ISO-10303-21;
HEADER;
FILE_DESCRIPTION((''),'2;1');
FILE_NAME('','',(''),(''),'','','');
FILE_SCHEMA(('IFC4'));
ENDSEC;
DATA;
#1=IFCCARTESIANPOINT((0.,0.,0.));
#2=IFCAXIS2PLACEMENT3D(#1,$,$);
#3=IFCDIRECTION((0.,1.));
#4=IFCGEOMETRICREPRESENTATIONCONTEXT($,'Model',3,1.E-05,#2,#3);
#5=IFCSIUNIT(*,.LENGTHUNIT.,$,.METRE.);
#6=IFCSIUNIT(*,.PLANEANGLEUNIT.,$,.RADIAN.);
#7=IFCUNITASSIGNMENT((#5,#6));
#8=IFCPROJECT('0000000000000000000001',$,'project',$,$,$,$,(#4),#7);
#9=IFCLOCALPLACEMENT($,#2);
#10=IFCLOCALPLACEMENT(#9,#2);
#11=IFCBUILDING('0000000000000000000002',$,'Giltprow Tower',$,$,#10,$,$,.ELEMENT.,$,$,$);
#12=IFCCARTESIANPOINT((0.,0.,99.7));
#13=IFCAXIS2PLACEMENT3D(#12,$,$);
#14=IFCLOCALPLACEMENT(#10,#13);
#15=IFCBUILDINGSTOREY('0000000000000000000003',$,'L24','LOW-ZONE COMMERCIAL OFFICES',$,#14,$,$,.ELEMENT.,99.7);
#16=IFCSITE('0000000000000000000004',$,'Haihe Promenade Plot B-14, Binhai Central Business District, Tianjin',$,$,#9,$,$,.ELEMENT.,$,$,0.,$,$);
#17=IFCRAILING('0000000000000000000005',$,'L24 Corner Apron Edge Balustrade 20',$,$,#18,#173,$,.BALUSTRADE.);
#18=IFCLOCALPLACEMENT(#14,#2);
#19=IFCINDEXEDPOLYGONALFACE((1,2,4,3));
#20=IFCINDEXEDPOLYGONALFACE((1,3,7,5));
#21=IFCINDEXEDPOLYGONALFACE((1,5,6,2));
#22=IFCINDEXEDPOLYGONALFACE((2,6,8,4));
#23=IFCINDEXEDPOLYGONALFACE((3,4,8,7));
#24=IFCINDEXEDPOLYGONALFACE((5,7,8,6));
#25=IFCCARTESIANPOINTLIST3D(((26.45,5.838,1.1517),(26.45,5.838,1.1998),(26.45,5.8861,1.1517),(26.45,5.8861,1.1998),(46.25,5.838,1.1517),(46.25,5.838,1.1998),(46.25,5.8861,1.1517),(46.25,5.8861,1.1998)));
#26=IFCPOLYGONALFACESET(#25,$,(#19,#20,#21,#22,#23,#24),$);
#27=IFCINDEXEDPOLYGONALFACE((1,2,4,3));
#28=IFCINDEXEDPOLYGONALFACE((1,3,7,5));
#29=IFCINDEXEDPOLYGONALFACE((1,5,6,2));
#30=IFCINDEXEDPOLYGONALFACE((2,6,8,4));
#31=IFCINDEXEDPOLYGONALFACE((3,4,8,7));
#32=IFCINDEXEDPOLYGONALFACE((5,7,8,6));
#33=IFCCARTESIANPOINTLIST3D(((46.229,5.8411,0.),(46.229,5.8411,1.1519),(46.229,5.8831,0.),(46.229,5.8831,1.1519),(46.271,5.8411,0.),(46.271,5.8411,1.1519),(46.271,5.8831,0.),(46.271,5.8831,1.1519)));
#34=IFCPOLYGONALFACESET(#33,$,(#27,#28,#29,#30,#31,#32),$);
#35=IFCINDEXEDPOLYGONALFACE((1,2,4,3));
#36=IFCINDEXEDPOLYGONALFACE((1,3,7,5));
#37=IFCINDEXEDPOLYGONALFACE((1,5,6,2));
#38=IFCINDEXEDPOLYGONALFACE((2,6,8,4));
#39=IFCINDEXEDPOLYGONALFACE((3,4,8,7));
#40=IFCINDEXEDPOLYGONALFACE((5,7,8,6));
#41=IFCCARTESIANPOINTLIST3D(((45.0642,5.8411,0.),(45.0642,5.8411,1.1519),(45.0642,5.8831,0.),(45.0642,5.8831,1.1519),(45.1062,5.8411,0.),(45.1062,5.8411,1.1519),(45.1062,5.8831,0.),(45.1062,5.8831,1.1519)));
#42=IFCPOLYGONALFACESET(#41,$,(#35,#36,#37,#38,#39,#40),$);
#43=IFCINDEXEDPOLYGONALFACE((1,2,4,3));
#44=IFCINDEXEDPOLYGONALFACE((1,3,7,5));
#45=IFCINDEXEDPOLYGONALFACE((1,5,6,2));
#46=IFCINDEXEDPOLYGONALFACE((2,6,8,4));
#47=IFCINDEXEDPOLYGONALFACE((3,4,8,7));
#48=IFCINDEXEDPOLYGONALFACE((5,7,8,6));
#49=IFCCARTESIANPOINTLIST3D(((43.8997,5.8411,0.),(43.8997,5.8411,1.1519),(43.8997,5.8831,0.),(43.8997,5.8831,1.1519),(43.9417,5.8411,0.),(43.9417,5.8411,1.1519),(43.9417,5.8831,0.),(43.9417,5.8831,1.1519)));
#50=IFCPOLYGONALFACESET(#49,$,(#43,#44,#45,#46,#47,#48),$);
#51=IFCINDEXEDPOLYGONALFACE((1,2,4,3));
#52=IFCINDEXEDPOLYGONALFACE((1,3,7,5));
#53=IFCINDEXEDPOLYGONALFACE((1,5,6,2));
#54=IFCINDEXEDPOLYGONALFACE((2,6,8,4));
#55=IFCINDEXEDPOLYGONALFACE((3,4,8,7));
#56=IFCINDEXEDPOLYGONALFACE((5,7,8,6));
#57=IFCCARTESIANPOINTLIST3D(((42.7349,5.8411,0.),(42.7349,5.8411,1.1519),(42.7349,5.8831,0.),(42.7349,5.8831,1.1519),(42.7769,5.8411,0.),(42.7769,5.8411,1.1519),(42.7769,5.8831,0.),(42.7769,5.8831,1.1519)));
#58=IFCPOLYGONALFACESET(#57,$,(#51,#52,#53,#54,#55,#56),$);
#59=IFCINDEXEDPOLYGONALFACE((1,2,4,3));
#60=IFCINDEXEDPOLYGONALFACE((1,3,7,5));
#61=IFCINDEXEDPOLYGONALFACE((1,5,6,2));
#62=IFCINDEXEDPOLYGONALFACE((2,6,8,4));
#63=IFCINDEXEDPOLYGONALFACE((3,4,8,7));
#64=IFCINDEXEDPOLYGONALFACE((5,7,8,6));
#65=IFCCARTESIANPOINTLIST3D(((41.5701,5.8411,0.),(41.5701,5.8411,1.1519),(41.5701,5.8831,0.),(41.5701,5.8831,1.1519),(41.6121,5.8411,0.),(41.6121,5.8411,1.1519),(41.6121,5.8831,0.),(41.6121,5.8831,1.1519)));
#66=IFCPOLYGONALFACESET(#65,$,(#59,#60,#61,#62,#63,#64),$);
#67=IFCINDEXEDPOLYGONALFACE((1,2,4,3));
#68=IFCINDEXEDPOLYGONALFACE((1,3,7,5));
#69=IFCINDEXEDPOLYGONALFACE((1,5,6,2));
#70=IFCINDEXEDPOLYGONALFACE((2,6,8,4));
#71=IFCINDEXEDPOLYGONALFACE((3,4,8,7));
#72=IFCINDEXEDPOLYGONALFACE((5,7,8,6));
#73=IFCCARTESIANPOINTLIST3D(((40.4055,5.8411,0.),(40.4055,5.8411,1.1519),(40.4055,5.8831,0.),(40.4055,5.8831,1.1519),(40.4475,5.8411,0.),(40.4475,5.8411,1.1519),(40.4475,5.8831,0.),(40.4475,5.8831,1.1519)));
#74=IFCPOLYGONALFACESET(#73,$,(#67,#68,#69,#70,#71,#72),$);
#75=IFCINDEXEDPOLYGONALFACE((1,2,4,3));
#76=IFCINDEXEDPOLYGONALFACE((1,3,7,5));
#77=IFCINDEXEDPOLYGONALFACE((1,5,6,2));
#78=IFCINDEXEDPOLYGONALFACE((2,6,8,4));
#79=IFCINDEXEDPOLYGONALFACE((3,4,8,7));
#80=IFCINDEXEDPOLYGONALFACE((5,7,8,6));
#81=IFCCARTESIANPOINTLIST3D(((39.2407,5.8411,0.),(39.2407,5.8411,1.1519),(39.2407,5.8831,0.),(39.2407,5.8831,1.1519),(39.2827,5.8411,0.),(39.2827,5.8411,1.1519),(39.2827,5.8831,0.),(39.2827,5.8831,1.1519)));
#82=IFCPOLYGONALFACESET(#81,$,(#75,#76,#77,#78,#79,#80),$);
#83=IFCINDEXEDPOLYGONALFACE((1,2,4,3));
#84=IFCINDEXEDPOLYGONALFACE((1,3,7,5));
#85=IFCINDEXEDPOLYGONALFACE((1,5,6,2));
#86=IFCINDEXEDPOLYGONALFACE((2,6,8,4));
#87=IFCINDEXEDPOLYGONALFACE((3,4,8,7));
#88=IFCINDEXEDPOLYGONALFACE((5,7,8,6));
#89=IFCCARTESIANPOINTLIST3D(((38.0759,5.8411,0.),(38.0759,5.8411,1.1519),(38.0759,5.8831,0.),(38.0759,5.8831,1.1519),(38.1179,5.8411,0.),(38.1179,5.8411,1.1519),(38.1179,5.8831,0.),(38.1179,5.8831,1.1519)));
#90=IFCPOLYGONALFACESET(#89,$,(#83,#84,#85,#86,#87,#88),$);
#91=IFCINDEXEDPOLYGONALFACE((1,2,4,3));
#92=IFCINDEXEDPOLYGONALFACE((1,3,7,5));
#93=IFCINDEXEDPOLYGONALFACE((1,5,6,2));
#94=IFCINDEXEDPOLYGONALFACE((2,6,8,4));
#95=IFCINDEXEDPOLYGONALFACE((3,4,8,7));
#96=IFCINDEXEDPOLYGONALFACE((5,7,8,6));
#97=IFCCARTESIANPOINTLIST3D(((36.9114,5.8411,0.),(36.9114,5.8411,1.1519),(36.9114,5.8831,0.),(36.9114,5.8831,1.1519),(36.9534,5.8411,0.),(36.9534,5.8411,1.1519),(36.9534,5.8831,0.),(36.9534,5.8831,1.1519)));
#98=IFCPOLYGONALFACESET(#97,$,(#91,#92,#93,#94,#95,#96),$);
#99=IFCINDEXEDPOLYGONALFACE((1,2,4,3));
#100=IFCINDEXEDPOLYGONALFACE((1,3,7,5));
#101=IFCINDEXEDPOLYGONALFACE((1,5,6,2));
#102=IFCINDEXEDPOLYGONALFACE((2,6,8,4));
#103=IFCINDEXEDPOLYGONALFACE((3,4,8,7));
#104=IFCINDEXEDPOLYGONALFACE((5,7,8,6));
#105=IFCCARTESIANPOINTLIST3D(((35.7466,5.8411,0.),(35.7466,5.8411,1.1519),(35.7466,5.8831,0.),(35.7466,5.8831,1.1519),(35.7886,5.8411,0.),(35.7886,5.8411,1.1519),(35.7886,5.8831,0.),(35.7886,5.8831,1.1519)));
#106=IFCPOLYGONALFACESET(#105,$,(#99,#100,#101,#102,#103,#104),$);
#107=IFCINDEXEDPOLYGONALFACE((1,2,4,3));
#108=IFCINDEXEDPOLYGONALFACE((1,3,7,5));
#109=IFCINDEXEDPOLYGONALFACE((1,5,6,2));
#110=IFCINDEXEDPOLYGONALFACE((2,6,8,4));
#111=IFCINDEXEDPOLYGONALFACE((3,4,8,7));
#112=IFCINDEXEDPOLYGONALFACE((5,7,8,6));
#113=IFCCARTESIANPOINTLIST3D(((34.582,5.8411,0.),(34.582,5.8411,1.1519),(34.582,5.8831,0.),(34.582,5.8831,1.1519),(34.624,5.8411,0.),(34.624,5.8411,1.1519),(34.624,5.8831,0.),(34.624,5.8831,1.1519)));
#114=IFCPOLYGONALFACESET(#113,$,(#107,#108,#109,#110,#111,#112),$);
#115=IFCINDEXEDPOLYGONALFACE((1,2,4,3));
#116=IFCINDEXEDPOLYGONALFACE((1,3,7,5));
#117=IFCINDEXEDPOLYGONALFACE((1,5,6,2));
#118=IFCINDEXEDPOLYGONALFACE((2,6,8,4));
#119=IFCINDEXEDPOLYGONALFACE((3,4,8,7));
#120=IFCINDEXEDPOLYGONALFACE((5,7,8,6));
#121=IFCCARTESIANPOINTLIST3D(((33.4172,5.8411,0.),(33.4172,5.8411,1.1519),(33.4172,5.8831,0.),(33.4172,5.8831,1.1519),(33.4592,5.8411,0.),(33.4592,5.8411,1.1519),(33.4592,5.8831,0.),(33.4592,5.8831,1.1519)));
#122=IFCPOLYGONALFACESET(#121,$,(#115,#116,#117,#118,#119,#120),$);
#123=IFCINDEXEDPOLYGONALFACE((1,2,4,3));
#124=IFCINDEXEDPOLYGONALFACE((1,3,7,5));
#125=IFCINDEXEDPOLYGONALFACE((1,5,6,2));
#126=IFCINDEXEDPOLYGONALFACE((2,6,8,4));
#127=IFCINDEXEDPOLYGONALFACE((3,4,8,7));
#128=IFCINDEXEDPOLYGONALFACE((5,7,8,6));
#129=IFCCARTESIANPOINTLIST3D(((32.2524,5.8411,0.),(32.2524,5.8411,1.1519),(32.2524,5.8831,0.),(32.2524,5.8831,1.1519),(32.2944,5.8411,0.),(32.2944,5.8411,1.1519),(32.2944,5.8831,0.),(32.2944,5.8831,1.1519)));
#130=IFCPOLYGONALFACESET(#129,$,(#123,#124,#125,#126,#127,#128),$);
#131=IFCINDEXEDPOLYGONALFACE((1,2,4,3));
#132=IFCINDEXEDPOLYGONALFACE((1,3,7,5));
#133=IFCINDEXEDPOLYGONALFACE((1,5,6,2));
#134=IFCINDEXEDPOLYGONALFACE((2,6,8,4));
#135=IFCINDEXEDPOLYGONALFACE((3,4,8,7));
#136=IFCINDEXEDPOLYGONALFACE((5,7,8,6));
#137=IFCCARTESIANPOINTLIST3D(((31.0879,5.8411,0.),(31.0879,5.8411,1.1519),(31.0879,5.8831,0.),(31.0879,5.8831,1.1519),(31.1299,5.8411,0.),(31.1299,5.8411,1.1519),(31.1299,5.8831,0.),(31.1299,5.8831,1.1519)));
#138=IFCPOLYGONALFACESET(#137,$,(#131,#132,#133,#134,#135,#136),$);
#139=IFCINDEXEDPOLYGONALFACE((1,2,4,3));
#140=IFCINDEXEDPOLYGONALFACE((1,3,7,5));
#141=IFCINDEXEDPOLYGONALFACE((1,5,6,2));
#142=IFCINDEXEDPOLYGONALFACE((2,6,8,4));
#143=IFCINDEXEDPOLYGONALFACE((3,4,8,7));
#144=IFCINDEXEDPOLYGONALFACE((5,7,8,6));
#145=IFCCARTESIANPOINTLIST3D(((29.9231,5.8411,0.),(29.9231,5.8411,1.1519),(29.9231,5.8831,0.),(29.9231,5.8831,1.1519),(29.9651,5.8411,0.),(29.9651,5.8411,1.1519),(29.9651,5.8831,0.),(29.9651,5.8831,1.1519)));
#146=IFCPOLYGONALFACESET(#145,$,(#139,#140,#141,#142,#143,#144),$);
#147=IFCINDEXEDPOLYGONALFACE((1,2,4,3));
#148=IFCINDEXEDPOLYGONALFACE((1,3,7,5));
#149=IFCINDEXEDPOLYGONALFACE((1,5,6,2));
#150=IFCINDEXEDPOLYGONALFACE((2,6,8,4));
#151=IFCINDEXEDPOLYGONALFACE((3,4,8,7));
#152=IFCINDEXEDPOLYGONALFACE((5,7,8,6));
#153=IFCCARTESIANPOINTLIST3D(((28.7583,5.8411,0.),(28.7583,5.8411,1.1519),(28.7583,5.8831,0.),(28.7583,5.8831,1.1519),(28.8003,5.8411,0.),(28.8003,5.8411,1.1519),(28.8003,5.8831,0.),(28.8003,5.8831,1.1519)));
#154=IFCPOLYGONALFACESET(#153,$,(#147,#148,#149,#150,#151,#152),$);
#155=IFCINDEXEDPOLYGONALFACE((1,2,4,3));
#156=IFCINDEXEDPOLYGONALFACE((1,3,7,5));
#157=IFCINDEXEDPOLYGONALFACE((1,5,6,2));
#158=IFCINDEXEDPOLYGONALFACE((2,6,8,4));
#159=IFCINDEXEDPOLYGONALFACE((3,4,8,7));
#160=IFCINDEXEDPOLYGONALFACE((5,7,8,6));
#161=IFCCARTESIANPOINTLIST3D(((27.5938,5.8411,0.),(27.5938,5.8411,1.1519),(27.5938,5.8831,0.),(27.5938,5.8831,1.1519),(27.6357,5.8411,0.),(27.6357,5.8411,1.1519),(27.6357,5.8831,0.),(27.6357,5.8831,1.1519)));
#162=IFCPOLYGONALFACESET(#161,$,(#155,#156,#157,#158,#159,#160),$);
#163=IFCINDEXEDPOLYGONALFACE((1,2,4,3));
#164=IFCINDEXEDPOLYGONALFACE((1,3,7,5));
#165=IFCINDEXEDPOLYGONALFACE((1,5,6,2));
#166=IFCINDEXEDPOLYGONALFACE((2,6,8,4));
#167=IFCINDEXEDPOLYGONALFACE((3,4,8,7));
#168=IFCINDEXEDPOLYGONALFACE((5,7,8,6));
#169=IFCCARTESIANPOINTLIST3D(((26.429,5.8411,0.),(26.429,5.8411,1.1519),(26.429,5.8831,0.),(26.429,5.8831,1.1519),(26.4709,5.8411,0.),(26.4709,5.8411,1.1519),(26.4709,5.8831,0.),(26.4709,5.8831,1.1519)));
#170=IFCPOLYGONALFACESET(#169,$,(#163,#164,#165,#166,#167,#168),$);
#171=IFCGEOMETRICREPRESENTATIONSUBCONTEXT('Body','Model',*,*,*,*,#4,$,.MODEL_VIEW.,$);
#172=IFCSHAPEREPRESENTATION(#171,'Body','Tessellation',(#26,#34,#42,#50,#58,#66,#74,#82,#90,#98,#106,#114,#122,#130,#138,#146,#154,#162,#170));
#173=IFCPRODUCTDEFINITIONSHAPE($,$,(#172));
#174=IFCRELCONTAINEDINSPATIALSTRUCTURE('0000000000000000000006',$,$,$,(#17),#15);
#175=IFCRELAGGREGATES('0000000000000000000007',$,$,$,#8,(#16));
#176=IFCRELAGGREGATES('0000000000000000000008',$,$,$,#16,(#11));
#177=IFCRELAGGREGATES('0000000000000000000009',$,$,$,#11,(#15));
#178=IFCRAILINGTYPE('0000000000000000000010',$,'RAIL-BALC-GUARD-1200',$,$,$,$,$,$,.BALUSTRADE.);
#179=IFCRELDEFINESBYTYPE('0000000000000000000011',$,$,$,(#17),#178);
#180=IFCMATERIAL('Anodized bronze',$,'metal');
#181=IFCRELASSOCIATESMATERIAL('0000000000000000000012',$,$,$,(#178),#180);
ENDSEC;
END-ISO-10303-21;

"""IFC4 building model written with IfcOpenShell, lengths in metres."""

from ifc_helpers import new_model, si_unit, direction, frame, origin, origin_2d, place, context, subcontext, project, spatial, rectangle, extrude, material, type_object, element, save


model = new_model("IFC4")

# Units and contexts
model_context = context("Model", 3, precision=1e-05, world=origin(), true_north=direction((0.0, 1.0)))
body_context = subcontext(model_context, "Body", "Model", "MODEL_VIEW")
ifc_project = project(units=[si_unit("LENGTHUNIT", "METRE"), si_unit("PLANEANGLEUNIT", "RADIAN")], contexts=[model_context])

# Site, building, storey
site_placement = place(None, origin())
site = spatial("IfcSite", under=ifc_project, at=site_placement, Name="Haihe Promenade Plot B-14, Binhai Central Business District, Tianjin", CompositionType="ELEMENT", RefElevation=0.0)
building_placement = place(site_placement, origin())
building = spatial("IfcBuilding", under=site, at=building_placement, Name="Giltprow Tower", CompositionType="ELEMENT")
storey_placement = place(building_placement, frame((0.0, 0.0, 99.7)))
storey = spatial("IfcBuildingStorey", under=building, at=storey_placement, Name="L24", Description="LOW-ZONE COMMERCIAL OFFICES", CompositionType="ELEMENT", Elevation=99.7)

# Shared definitions
ifc_material_1 = material(Name="Anodized bronze", Category="metal")

# Railing
railing_type = type_object("IfcRailingType", Name="RAIL-BALC-GUARD-1200", PredefinedType="BALUSTRADE", material=ifc_material_1)
railing_1_placement = place(storey_placement, frame((46.25, 5.8621, 0.0)))
element("IfcRailing", 1, at=railing_1_placement, inside=storey, type_object=railing_type, Name="L24 Corner Apron Edge Balustrade 20", PredefinedType="BALUSTRADE", context=body_context, shape_type="SweptSolid", body=[
    extrude(rectangle(XDim=0.0481, YDim=0.0481, at=origin_2d()), frame((0.0, 0.0, 1.1758), z_axis=(-1.0, 0.0, 0.0), x_axis=(0.0, -1.0, 0.0)), (0.0, 0.0, 1.0), 19.8),
    extrude(rectangle(XDim=0.042, YDim=0.042, at=origin_2d()), origin(), (0.0, 0.0, 1.0), 1.1519),
    extrude(rectangle(XDim=0.042, YDim=0.042, at=origin_2d()), frame((-1.1648, 0.0, 0.0)), (0.0, 0.0, 1.0), 1.1519),
    extrude(rectangle(XDim=0.042, YDim=0.042, at=origin_2d()), frame((-2.3293, 0.0, 0.0)), (0.0, 0.0, 1.0), 1.1519),
    extrude(rectangle(XDim=0.042, YDim=0.042, at=origin_2d()), frame((-3.4941, 0.0, 0.0)), (0.0, 0.0, 1.0), 1.1519),
    extrude(rectangle(XDim=0.042, YDim=0.042, at=origin_2d()), frame((-4.6589, 0.0, 0.0)), (0.0, 0.0, 1.0), 1.1519),
    extrude(rectangle(XDim=0.042, YDim=0.042, at=origin_2d()), frame((-5.8235, 0.0, 0.0)), (0.0, 0.0, 1.0), 1.1519),
    extrude(rectangle(XDim=0.042, YDim=0.042, at=origin_2d()), frame((-6.9883, 0.0, 0.0)), (0.0, 0.0, 1.0), 1.1519),
    extrude(rectangle(XDim=0.042, YDim=0.042, at=origin_2d()), frame((-8.1531, 0.0, 0.0)), (0.0, 0.0, 1.0), 1.1519),
    extrude(rectangle(XDim=0.042, YDim=0.042, at=origin_2d()), frame((-9.3176, 0.0, 0.0)), (0.0, 0.0, 1.0), 1.1519),
    extrude(rectangle(XDim=0.042, YDim=0.042, at=origin_2d()), frame((-10.4824, 0.0, 0.0)), (0.0, 0.0, 1.0), 1.1519),
    extrude(rectangle(XDim=0.042, YDim=0.042, at=origin_2d()), frame((-11.647, 0.0, 0.0)), (0.0, 0.0, 1.0), 1.1519),
    extrude(rectangle(XDim=0.042, YDim=0.042, at=origin_2d()), frame((-12.8118, 0.0, 0.0)), (0.0, 0.0, 1.0), 1.1519),
    extrude(rectangle(XDim=0.042, YDim=0.042, at=origin_2d()), frame((-13.9766, 0.0, 0.0)), (0.0, 0.0, 1.0), 1.1519),
    extrude(rectangle(XDim=0.042, YDim=0.042, at=origin_2d()), frame((-15.1411, 0.0, 0.0)), (0.0, 0.0, 1.0), 1.1519),
    extrude(rectangle(XDim=0.042, YDim=0.042, at=origin_2d()), frame((-16.3059, 0.0, 0.0)), (0.0, 0.0, 1.0), 1.1519),
    extrude(rectangle(XDim=0.042, YDim=0.042, at=origin_2d()), frame((-17.4707, 0.0, 0.0)), (0.0, 0.0, 1.0), 1.1519),
    extrude(rectangle(XDim=0.042, YDim=0.042, at=origin_2d()), frame((-18.6353, 0.0, 0.0)), (0.0, 0.0, 1.0), 1.1519),
    extrude(rectangle(XDim=0.042, YDim=0.042, at=origin_2d()), frame((-19.8, 0.0, 0.0)), (0.0, 0.0, 1.0), 1.1519),
])

save(model, "model.ifc")
